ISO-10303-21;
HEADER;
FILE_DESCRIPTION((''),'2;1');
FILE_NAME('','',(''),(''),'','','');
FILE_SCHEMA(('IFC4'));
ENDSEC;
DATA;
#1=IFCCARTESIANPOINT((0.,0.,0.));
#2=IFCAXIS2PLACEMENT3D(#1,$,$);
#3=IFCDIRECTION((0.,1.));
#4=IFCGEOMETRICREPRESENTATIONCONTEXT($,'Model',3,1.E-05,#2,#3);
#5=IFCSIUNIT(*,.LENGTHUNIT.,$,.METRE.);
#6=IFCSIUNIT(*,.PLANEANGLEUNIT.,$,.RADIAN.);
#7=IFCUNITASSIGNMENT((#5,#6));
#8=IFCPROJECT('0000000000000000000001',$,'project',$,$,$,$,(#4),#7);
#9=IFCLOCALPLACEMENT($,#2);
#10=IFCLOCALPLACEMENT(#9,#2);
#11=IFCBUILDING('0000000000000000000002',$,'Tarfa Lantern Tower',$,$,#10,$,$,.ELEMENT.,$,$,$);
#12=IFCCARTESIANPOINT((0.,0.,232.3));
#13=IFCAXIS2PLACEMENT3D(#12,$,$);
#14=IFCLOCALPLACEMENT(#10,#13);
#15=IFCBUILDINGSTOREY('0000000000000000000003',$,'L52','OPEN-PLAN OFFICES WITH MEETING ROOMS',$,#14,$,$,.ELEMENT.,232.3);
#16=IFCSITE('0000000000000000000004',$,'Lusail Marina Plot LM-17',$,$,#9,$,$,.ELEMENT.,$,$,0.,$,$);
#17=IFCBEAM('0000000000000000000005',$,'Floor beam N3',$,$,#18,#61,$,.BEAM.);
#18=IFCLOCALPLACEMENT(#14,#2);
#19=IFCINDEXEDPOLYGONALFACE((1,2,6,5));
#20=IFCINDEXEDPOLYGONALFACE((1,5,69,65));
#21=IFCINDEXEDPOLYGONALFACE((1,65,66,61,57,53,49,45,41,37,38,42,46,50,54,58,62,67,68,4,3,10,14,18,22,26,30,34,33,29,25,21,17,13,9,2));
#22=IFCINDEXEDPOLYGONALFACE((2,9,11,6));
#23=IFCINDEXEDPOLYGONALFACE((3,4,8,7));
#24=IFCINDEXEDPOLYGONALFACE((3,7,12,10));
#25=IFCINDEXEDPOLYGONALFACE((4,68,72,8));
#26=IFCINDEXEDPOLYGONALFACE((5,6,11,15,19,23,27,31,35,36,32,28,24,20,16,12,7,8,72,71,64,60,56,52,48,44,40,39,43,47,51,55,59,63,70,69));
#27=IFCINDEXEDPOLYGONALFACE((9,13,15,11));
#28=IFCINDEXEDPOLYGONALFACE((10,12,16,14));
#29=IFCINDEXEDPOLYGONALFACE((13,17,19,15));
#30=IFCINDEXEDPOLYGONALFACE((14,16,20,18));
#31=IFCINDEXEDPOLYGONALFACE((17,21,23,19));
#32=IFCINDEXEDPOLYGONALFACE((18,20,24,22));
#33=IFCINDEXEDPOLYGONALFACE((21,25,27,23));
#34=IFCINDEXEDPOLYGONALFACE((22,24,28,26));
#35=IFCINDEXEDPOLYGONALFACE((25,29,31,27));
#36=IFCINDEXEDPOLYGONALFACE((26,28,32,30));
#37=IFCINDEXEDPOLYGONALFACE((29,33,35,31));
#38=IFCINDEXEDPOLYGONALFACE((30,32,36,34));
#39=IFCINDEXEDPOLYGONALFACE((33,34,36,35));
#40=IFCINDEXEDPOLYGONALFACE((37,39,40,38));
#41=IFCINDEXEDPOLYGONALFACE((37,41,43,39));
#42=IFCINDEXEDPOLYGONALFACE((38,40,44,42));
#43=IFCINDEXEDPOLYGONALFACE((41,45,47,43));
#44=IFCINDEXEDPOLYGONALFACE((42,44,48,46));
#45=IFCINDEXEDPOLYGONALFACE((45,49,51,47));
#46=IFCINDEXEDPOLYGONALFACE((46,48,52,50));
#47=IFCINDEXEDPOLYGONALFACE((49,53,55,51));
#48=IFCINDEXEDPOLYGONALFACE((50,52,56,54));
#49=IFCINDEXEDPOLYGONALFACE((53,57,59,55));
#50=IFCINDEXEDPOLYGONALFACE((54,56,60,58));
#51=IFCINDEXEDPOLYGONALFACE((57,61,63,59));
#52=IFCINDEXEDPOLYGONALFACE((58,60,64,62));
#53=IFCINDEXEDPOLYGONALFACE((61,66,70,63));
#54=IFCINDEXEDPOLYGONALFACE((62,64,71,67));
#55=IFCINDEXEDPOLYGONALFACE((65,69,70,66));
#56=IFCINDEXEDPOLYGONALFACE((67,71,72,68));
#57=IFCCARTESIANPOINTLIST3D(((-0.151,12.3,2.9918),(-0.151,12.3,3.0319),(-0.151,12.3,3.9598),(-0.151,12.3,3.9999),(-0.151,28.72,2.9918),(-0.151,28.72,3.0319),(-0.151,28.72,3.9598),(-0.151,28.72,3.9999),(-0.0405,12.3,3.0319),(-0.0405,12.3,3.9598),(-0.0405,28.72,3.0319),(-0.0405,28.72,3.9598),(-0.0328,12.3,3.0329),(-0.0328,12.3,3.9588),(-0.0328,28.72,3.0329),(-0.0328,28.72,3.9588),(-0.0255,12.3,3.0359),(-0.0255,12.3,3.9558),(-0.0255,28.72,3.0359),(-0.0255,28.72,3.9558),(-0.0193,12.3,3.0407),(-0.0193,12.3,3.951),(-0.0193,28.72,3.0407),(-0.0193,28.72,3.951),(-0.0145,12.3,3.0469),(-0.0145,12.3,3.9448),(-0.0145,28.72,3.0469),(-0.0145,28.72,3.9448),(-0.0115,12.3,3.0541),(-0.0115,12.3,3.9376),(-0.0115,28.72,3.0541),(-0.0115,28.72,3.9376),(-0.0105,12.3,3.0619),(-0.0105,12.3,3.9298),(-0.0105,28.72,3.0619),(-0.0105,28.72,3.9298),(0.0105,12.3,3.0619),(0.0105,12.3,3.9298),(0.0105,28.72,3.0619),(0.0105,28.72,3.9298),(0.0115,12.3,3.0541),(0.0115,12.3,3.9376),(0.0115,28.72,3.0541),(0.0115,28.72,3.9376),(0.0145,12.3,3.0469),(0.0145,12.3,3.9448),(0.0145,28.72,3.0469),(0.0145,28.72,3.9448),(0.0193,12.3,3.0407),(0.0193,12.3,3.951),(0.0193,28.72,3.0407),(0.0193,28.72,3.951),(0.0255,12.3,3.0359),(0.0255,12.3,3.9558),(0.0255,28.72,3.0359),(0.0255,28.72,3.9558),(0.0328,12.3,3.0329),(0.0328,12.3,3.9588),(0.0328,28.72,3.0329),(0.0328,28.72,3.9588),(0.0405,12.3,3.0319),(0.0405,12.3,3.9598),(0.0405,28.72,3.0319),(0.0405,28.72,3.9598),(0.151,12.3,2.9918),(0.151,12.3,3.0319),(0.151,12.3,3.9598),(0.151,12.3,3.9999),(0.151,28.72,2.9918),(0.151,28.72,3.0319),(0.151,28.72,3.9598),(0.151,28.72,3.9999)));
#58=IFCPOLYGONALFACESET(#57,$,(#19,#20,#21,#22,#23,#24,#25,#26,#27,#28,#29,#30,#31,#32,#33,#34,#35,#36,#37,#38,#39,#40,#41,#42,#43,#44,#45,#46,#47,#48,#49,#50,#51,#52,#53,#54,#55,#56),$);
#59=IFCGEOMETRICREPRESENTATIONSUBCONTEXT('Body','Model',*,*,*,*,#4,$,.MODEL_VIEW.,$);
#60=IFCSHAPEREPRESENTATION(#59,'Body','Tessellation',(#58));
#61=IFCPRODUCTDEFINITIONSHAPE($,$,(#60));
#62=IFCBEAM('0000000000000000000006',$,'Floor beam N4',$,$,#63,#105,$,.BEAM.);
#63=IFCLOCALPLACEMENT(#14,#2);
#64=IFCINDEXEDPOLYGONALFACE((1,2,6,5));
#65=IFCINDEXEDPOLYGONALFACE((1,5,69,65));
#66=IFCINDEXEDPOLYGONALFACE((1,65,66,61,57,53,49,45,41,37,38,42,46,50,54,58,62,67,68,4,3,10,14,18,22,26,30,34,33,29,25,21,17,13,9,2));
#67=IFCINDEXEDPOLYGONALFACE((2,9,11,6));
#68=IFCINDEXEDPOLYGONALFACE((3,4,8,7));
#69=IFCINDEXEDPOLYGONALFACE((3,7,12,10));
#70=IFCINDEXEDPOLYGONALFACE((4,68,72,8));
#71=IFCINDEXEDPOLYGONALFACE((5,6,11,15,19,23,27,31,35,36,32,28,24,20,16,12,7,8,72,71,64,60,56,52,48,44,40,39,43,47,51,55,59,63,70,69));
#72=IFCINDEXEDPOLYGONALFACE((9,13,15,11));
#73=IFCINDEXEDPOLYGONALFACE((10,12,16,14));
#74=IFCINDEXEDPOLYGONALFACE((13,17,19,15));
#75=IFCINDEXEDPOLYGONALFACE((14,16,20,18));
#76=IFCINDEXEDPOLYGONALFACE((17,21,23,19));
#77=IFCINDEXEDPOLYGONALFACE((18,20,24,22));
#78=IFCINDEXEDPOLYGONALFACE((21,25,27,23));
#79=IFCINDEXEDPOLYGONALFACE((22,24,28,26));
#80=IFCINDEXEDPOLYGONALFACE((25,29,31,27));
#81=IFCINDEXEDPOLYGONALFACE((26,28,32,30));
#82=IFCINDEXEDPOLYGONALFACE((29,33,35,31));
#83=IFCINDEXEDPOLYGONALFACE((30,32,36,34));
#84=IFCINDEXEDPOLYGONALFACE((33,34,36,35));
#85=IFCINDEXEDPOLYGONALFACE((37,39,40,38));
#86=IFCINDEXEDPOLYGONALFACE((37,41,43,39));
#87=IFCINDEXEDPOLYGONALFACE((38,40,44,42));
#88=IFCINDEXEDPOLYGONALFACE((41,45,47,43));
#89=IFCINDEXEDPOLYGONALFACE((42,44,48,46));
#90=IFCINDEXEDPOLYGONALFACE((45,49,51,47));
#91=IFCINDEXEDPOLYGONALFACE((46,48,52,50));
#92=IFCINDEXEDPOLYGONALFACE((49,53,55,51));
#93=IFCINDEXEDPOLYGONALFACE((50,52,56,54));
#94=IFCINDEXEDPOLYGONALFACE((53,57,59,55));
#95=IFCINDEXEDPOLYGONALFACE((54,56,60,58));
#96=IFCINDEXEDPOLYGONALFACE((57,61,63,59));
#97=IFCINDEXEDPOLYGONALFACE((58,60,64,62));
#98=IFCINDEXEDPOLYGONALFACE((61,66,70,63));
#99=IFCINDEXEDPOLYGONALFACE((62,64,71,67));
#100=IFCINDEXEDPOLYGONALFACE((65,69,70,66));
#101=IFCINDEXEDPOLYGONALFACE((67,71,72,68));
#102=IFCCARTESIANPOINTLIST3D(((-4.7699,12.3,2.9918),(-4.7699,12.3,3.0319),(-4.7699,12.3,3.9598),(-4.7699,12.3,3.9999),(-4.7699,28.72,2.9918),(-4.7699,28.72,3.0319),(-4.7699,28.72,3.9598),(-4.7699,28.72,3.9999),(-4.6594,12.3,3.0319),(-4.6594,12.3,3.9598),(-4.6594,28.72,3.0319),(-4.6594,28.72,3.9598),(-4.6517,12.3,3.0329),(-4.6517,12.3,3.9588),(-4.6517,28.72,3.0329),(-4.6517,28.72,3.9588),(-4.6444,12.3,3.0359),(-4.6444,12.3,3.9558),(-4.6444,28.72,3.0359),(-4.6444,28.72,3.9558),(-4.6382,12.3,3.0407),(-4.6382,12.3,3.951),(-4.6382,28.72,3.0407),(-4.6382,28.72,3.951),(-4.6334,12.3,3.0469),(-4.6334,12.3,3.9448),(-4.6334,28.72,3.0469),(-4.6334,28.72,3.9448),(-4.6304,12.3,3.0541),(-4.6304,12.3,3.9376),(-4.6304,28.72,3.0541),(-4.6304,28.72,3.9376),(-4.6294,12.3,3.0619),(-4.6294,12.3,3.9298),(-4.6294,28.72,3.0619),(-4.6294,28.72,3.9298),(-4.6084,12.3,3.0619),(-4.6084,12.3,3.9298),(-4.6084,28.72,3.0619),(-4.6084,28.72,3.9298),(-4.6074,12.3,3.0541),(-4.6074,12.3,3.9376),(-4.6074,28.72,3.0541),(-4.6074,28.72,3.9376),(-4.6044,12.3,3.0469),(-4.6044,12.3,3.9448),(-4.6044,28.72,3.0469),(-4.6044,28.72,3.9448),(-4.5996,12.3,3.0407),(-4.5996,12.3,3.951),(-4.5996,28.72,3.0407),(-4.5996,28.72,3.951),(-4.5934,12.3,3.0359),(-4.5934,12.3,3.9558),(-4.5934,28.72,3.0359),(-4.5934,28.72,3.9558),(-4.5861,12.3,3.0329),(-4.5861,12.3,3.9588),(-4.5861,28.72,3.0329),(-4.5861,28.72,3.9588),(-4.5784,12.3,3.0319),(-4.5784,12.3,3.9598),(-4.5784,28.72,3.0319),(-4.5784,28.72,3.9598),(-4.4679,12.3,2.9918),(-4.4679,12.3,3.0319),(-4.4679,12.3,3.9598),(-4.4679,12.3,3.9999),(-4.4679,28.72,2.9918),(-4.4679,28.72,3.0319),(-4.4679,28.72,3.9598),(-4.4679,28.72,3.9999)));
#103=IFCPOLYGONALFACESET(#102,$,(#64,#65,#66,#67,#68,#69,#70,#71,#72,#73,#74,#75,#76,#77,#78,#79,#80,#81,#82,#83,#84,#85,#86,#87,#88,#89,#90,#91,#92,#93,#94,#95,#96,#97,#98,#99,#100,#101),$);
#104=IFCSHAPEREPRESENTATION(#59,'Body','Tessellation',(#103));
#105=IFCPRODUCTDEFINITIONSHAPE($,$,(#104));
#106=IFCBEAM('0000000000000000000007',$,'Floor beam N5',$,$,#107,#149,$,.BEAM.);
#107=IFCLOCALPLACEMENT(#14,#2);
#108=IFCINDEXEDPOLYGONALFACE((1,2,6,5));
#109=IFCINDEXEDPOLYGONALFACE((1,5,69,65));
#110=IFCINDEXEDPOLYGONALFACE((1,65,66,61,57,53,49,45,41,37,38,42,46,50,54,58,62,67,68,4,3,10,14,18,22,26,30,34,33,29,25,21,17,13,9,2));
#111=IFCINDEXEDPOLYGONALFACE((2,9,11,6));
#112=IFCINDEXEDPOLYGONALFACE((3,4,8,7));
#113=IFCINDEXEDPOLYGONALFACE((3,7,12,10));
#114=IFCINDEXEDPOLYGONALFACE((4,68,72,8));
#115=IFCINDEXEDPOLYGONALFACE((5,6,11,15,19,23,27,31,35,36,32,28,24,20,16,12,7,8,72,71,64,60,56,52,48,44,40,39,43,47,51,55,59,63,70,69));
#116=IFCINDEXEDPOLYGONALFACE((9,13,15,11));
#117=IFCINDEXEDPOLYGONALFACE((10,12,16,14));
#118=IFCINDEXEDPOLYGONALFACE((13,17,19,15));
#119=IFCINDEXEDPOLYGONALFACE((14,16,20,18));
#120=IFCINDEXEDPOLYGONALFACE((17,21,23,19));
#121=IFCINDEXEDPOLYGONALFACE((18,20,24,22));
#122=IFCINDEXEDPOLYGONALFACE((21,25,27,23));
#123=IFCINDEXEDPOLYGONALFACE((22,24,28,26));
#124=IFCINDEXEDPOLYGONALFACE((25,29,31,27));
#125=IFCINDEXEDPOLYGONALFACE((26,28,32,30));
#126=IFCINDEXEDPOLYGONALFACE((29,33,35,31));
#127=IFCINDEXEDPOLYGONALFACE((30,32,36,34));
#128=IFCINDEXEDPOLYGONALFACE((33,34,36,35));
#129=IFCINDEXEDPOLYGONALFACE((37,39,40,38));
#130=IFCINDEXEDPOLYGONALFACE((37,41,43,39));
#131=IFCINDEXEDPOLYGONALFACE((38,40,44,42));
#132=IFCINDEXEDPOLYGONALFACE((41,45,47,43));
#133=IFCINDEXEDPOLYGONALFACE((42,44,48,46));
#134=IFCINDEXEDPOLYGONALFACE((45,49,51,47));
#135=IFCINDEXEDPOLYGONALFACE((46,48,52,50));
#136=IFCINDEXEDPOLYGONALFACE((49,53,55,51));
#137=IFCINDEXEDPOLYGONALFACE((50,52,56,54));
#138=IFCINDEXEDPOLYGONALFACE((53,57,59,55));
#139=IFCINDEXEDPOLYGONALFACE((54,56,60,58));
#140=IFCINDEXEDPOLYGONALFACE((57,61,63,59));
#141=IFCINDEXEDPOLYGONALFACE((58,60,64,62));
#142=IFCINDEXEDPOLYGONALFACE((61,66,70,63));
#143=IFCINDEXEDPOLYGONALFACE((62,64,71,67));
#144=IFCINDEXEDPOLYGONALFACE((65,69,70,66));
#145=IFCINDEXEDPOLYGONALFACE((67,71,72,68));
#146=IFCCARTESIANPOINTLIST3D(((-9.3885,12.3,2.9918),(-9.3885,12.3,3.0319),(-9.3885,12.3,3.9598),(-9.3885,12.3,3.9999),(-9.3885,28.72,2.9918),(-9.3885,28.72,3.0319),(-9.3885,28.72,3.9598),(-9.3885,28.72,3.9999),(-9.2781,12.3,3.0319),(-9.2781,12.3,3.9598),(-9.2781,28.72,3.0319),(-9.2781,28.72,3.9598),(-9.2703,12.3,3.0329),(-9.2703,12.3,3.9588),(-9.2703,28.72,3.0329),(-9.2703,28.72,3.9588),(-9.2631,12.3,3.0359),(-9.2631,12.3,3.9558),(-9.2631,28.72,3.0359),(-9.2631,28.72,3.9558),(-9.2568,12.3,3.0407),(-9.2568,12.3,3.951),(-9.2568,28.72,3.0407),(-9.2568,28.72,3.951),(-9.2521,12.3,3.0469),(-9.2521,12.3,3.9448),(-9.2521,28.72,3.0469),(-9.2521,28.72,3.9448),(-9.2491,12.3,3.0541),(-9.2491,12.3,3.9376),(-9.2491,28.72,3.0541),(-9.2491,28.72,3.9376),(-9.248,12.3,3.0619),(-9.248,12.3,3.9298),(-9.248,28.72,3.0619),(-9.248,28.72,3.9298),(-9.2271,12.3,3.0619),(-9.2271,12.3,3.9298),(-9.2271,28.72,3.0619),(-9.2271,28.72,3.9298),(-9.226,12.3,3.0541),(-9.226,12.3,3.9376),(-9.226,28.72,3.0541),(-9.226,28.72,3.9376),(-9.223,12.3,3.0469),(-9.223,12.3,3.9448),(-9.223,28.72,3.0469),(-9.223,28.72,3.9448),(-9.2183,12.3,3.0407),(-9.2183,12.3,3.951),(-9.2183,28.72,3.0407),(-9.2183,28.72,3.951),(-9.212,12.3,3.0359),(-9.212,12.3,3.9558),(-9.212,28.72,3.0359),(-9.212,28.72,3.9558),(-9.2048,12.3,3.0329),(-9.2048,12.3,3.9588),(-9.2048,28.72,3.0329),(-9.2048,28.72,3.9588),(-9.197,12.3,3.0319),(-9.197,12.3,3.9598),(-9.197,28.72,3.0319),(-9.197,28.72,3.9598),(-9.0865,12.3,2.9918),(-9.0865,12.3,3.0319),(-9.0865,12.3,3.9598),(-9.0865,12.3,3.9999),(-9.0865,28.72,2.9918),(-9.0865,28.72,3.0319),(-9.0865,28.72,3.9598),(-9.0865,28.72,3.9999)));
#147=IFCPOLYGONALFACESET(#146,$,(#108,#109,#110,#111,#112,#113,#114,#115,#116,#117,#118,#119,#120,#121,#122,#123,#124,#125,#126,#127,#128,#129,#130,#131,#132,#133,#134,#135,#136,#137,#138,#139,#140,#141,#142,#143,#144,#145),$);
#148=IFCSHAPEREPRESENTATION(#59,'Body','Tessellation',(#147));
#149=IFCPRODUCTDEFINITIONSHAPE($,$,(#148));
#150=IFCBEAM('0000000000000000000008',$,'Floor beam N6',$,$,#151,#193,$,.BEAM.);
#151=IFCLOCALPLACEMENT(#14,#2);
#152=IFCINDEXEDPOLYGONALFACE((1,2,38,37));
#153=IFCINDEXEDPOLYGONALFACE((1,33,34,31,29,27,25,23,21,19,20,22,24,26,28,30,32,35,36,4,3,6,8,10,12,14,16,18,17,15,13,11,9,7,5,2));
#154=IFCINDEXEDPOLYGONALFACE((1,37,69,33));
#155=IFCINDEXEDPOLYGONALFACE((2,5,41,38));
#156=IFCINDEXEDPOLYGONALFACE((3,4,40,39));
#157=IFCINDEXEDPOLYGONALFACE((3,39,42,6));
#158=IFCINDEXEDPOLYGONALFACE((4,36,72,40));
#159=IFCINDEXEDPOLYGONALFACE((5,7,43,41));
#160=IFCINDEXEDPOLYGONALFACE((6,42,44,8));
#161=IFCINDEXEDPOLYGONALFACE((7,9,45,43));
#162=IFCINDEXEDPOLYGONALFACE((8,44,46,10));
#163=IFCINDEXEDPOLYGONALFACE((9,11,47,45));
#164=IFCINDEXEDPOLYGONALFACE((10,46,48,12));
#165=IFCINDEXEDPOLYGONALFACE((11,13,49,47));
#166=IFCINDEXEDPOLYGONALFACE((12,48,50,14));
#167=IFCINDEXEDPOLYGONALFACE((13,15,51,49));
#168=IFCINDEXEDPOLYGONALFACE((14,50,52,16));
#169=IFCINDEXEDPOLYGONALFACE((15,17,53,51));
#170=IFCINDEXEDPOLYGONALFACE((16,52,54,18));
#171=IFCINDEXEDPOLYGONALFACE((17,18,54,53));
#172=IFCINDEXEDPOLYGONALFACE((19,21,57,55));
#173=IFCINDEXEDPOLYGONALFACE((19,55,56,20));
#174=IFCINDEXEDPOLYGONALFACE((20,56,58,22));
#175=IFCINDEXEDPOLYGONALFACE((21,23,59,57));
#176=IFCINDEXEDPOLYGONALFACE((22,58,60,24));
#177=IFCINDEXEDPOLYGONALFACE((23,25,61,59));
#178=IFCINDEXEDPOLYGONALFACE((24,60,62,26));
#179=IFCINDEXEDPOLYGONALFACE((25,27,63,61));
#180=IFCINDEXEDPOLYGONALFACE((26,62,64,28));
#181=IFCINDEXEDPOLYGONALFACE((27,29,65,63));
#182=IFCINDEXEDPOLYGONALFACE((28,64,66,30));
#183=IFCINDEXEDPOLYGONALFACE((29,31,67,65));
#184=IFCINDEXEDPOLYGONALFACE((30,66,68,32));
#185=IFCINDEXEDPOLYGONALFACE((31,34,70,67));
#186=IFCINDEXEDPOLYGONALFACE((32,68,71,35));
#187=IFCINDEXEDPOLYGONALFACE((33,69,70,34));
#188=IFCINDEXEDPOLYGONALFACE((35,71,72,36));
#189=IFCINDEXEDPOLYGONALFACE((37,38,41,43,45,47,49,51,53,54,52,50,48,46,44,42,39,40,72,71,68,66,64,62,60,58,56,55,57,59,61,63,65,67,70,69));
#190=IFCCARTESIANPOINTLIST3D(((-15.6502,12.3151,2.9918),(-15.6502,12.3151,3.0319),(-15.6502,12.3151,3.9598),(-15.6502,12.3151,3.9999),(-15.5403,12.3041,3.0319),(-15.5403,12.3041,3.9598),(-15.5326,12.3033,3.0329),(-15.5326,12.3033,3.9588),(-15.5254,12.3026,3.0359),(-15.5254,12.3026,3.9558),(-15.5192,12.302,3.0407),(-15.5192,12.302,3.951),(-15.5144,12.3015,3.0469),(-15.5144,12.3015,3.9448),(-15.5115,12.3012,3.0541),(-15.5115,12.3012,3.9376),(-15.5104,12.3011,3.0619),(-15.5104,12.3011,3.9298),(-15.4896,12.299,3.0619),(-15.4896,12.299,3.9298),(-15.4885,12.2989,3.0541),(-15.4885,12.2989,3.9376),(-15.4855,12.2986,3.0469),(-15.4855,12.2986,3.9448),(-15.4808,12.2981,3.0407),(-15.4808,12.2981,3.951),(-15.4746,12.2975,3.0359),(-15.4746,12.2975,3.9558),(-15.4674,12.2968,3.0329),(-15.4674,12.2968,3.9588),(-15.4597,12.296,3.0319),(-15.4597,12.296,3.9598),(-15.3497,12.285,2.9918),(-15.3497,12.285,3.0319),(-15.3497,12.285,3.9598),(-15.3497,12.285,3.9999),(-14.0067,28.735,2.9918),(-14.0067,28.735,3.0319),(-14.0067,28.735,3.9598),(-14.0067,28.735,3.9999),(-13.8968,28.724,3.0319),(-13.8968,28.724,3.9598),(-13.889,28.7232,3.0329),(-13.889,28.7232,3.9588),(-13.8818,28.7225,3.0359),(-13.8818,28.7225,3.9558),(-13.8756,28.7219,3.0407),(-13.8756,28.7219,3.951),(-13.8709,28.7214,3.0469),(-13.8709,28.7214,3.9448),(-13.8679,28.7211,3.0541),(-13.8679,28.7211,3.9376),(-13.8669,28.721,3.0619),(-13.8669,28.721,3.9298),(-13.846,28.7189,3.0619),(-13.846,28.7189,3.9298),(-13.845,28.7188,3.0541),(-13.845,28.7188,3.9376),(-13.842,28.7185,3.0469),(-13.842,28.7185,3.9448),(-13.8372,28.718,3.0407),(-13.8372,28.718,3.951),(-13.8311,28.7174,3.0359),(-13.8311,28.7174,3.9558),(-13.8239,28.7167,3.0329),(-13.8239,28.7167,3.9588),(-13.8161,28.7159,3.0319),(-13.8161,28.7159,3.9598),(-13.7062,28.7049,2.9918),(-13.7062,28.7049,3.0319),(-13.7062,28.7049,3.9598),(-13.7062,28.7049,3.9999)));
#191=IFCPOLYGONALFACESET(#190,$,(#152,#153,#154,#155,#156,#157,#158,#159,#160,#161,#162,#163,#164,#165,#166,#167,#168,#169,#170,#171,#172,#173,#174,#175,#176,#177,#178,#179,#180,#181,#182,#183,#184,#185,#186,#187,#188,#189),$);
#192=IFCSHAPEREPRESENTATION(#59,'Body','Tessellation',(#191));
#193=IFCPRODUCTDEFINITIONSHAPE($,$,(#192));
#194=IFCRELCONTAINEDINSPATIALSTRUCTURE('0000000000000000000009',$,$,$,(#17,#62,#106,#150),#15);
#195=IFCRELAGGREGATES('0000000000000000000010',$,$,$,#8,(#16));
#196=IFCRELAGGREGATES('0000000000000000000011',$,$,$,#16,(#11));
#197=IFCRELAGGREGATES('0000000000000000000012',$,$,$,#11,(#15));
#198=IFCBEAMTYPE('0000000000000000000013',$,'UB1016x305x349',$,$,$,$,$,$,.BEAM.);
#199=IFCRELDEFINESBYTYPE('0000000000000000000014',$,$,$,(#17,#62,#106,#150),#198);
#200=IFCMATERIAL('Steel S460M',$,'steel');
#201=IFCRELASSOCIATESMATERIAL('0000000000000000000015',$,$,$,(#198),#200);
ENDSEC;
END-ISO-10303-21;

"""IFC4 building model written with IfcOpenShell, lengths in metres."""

from ifc_helpers import new_model, si_unit, direction, frame, origin, origin_2d, place, context, subcontext, project, spatial, i_section, extrude, material, material_profile, profile_set, type_object, element, save


model = new_model("IFC4")

# Units and contexts
model_context = context("Model", 3, precision=1e-05, world=origin(), true_north=direction((0.0, 1.0)))
body_context = subcontext(model_context, "Body", "Model", "MODEL_VIEW")
ifc_project = project(units=[si_unit("LENGTHUNIT", "METRE"), si_unit("PLANEANGLEUNIT", "RADIAN")], contexts=[model_context])

# Site, building, storey
site_placement = place(None, origin())
site = spatial("IfcSite", under=ifc_project, at=site_placement, Name="Lusail Marina Plot LM-17", CompositionType="ELEMENT", RefElevation=0.0)
building_placement = place(site_placement, origin())
building = spatial("IfcBuilding", under=site, at=building_placement, Name="Tarfa Lantern Tower", CompositionType="ELEMENT")
storey_placement = place(building_placement, frame((0.0, 0.0, 232.3)))
storey = spatial("IfcBuildingStorey", under=building, at=storey_placement, Name="L52", Description="OPEN-PLAN OFFICES WITH MEETING ROOMS", CompositionType="ELEMENT", Elevation=232.3)

# Beams
ifc_material_1 = material(Name="Steel S460M", Category="steel")
ifc_material_profile_1 = material_profile(ifc_material_1, i_section(OverallWidth=0.302, OverallDepth=1.0081, WebThickness=0.021, FlangeThickness=0.04, FilletRadius=0.03, at=origin_2d()), Name="UB1016x305x349")
ifc_profile_set_1 = profile_set([ifc_material_profile_1], Name="Steel S460M")
beam_type_1 = type_object("IfcBeamType", Name="UB1016x305x349", PredefinedType="BEAM", material=ifc_profile_set_1)
for number, where, z_axis, x_axis, name in (
    (1, (0.0, 28.72, 3.4958), (0.0, -1.0, 0.0), (1.0, 0.0, 0.0), "Floor beam N3"),
    (2, (-4.6189, 28.72, 3.4958), (0.0, -1.0, 0.0), (1.0, 0.0, 0.0), "Floor beam N4"),
    (3, (-9.2375, 28.72, 3.4958), (0.0, -1.0, 0.0), (1.0, 0.0, 0.0), "Floor beam N5"),
):
    element("IfcBeam", number, at=place(storey_placement, frame(where, z_axis=z_axis, x_axis=x_axis)), inside=storey, type_object=beam_type_1, Name=name, PredefinedType="BEAM", context=body_context, shape_type="SweptSolid", body=[
        extrude(i_section(OverallWidth=0.302, OverallDepth=1.0081, WebThickness=0.021, FlangeThickness=0.04, FilletRadius=0.03, at=origin_2d()), origin(), (0.0, 0.0, 1.0), 16.4199),
    ])
beam_1_placement = place(storey_placement, frame((-13.8564, 28.72, 3.4958), z_axis=(-0.099597, -0.995028, 0.0), x_axis=(0.995028, -0.099597, 0.0)))
element("IfcBeam", 4, at=beam_1_placement, inside=storey, type_object=beam_type_1, Name="Floor beam N6", PredefinedType="BEAM", context=body_context, shape_type="SweptSolid", body=[
    extrude(i_section(OverallWidth=0.302, OverallDepth=1.0081, WebThickness=0.021, FlangeThickness=0.04, FilletRadius=0.03, at=origin_2d()), origin(), (0.0, 0.0, 1.0), 16.502),
])

save(model, "model.ifc")
